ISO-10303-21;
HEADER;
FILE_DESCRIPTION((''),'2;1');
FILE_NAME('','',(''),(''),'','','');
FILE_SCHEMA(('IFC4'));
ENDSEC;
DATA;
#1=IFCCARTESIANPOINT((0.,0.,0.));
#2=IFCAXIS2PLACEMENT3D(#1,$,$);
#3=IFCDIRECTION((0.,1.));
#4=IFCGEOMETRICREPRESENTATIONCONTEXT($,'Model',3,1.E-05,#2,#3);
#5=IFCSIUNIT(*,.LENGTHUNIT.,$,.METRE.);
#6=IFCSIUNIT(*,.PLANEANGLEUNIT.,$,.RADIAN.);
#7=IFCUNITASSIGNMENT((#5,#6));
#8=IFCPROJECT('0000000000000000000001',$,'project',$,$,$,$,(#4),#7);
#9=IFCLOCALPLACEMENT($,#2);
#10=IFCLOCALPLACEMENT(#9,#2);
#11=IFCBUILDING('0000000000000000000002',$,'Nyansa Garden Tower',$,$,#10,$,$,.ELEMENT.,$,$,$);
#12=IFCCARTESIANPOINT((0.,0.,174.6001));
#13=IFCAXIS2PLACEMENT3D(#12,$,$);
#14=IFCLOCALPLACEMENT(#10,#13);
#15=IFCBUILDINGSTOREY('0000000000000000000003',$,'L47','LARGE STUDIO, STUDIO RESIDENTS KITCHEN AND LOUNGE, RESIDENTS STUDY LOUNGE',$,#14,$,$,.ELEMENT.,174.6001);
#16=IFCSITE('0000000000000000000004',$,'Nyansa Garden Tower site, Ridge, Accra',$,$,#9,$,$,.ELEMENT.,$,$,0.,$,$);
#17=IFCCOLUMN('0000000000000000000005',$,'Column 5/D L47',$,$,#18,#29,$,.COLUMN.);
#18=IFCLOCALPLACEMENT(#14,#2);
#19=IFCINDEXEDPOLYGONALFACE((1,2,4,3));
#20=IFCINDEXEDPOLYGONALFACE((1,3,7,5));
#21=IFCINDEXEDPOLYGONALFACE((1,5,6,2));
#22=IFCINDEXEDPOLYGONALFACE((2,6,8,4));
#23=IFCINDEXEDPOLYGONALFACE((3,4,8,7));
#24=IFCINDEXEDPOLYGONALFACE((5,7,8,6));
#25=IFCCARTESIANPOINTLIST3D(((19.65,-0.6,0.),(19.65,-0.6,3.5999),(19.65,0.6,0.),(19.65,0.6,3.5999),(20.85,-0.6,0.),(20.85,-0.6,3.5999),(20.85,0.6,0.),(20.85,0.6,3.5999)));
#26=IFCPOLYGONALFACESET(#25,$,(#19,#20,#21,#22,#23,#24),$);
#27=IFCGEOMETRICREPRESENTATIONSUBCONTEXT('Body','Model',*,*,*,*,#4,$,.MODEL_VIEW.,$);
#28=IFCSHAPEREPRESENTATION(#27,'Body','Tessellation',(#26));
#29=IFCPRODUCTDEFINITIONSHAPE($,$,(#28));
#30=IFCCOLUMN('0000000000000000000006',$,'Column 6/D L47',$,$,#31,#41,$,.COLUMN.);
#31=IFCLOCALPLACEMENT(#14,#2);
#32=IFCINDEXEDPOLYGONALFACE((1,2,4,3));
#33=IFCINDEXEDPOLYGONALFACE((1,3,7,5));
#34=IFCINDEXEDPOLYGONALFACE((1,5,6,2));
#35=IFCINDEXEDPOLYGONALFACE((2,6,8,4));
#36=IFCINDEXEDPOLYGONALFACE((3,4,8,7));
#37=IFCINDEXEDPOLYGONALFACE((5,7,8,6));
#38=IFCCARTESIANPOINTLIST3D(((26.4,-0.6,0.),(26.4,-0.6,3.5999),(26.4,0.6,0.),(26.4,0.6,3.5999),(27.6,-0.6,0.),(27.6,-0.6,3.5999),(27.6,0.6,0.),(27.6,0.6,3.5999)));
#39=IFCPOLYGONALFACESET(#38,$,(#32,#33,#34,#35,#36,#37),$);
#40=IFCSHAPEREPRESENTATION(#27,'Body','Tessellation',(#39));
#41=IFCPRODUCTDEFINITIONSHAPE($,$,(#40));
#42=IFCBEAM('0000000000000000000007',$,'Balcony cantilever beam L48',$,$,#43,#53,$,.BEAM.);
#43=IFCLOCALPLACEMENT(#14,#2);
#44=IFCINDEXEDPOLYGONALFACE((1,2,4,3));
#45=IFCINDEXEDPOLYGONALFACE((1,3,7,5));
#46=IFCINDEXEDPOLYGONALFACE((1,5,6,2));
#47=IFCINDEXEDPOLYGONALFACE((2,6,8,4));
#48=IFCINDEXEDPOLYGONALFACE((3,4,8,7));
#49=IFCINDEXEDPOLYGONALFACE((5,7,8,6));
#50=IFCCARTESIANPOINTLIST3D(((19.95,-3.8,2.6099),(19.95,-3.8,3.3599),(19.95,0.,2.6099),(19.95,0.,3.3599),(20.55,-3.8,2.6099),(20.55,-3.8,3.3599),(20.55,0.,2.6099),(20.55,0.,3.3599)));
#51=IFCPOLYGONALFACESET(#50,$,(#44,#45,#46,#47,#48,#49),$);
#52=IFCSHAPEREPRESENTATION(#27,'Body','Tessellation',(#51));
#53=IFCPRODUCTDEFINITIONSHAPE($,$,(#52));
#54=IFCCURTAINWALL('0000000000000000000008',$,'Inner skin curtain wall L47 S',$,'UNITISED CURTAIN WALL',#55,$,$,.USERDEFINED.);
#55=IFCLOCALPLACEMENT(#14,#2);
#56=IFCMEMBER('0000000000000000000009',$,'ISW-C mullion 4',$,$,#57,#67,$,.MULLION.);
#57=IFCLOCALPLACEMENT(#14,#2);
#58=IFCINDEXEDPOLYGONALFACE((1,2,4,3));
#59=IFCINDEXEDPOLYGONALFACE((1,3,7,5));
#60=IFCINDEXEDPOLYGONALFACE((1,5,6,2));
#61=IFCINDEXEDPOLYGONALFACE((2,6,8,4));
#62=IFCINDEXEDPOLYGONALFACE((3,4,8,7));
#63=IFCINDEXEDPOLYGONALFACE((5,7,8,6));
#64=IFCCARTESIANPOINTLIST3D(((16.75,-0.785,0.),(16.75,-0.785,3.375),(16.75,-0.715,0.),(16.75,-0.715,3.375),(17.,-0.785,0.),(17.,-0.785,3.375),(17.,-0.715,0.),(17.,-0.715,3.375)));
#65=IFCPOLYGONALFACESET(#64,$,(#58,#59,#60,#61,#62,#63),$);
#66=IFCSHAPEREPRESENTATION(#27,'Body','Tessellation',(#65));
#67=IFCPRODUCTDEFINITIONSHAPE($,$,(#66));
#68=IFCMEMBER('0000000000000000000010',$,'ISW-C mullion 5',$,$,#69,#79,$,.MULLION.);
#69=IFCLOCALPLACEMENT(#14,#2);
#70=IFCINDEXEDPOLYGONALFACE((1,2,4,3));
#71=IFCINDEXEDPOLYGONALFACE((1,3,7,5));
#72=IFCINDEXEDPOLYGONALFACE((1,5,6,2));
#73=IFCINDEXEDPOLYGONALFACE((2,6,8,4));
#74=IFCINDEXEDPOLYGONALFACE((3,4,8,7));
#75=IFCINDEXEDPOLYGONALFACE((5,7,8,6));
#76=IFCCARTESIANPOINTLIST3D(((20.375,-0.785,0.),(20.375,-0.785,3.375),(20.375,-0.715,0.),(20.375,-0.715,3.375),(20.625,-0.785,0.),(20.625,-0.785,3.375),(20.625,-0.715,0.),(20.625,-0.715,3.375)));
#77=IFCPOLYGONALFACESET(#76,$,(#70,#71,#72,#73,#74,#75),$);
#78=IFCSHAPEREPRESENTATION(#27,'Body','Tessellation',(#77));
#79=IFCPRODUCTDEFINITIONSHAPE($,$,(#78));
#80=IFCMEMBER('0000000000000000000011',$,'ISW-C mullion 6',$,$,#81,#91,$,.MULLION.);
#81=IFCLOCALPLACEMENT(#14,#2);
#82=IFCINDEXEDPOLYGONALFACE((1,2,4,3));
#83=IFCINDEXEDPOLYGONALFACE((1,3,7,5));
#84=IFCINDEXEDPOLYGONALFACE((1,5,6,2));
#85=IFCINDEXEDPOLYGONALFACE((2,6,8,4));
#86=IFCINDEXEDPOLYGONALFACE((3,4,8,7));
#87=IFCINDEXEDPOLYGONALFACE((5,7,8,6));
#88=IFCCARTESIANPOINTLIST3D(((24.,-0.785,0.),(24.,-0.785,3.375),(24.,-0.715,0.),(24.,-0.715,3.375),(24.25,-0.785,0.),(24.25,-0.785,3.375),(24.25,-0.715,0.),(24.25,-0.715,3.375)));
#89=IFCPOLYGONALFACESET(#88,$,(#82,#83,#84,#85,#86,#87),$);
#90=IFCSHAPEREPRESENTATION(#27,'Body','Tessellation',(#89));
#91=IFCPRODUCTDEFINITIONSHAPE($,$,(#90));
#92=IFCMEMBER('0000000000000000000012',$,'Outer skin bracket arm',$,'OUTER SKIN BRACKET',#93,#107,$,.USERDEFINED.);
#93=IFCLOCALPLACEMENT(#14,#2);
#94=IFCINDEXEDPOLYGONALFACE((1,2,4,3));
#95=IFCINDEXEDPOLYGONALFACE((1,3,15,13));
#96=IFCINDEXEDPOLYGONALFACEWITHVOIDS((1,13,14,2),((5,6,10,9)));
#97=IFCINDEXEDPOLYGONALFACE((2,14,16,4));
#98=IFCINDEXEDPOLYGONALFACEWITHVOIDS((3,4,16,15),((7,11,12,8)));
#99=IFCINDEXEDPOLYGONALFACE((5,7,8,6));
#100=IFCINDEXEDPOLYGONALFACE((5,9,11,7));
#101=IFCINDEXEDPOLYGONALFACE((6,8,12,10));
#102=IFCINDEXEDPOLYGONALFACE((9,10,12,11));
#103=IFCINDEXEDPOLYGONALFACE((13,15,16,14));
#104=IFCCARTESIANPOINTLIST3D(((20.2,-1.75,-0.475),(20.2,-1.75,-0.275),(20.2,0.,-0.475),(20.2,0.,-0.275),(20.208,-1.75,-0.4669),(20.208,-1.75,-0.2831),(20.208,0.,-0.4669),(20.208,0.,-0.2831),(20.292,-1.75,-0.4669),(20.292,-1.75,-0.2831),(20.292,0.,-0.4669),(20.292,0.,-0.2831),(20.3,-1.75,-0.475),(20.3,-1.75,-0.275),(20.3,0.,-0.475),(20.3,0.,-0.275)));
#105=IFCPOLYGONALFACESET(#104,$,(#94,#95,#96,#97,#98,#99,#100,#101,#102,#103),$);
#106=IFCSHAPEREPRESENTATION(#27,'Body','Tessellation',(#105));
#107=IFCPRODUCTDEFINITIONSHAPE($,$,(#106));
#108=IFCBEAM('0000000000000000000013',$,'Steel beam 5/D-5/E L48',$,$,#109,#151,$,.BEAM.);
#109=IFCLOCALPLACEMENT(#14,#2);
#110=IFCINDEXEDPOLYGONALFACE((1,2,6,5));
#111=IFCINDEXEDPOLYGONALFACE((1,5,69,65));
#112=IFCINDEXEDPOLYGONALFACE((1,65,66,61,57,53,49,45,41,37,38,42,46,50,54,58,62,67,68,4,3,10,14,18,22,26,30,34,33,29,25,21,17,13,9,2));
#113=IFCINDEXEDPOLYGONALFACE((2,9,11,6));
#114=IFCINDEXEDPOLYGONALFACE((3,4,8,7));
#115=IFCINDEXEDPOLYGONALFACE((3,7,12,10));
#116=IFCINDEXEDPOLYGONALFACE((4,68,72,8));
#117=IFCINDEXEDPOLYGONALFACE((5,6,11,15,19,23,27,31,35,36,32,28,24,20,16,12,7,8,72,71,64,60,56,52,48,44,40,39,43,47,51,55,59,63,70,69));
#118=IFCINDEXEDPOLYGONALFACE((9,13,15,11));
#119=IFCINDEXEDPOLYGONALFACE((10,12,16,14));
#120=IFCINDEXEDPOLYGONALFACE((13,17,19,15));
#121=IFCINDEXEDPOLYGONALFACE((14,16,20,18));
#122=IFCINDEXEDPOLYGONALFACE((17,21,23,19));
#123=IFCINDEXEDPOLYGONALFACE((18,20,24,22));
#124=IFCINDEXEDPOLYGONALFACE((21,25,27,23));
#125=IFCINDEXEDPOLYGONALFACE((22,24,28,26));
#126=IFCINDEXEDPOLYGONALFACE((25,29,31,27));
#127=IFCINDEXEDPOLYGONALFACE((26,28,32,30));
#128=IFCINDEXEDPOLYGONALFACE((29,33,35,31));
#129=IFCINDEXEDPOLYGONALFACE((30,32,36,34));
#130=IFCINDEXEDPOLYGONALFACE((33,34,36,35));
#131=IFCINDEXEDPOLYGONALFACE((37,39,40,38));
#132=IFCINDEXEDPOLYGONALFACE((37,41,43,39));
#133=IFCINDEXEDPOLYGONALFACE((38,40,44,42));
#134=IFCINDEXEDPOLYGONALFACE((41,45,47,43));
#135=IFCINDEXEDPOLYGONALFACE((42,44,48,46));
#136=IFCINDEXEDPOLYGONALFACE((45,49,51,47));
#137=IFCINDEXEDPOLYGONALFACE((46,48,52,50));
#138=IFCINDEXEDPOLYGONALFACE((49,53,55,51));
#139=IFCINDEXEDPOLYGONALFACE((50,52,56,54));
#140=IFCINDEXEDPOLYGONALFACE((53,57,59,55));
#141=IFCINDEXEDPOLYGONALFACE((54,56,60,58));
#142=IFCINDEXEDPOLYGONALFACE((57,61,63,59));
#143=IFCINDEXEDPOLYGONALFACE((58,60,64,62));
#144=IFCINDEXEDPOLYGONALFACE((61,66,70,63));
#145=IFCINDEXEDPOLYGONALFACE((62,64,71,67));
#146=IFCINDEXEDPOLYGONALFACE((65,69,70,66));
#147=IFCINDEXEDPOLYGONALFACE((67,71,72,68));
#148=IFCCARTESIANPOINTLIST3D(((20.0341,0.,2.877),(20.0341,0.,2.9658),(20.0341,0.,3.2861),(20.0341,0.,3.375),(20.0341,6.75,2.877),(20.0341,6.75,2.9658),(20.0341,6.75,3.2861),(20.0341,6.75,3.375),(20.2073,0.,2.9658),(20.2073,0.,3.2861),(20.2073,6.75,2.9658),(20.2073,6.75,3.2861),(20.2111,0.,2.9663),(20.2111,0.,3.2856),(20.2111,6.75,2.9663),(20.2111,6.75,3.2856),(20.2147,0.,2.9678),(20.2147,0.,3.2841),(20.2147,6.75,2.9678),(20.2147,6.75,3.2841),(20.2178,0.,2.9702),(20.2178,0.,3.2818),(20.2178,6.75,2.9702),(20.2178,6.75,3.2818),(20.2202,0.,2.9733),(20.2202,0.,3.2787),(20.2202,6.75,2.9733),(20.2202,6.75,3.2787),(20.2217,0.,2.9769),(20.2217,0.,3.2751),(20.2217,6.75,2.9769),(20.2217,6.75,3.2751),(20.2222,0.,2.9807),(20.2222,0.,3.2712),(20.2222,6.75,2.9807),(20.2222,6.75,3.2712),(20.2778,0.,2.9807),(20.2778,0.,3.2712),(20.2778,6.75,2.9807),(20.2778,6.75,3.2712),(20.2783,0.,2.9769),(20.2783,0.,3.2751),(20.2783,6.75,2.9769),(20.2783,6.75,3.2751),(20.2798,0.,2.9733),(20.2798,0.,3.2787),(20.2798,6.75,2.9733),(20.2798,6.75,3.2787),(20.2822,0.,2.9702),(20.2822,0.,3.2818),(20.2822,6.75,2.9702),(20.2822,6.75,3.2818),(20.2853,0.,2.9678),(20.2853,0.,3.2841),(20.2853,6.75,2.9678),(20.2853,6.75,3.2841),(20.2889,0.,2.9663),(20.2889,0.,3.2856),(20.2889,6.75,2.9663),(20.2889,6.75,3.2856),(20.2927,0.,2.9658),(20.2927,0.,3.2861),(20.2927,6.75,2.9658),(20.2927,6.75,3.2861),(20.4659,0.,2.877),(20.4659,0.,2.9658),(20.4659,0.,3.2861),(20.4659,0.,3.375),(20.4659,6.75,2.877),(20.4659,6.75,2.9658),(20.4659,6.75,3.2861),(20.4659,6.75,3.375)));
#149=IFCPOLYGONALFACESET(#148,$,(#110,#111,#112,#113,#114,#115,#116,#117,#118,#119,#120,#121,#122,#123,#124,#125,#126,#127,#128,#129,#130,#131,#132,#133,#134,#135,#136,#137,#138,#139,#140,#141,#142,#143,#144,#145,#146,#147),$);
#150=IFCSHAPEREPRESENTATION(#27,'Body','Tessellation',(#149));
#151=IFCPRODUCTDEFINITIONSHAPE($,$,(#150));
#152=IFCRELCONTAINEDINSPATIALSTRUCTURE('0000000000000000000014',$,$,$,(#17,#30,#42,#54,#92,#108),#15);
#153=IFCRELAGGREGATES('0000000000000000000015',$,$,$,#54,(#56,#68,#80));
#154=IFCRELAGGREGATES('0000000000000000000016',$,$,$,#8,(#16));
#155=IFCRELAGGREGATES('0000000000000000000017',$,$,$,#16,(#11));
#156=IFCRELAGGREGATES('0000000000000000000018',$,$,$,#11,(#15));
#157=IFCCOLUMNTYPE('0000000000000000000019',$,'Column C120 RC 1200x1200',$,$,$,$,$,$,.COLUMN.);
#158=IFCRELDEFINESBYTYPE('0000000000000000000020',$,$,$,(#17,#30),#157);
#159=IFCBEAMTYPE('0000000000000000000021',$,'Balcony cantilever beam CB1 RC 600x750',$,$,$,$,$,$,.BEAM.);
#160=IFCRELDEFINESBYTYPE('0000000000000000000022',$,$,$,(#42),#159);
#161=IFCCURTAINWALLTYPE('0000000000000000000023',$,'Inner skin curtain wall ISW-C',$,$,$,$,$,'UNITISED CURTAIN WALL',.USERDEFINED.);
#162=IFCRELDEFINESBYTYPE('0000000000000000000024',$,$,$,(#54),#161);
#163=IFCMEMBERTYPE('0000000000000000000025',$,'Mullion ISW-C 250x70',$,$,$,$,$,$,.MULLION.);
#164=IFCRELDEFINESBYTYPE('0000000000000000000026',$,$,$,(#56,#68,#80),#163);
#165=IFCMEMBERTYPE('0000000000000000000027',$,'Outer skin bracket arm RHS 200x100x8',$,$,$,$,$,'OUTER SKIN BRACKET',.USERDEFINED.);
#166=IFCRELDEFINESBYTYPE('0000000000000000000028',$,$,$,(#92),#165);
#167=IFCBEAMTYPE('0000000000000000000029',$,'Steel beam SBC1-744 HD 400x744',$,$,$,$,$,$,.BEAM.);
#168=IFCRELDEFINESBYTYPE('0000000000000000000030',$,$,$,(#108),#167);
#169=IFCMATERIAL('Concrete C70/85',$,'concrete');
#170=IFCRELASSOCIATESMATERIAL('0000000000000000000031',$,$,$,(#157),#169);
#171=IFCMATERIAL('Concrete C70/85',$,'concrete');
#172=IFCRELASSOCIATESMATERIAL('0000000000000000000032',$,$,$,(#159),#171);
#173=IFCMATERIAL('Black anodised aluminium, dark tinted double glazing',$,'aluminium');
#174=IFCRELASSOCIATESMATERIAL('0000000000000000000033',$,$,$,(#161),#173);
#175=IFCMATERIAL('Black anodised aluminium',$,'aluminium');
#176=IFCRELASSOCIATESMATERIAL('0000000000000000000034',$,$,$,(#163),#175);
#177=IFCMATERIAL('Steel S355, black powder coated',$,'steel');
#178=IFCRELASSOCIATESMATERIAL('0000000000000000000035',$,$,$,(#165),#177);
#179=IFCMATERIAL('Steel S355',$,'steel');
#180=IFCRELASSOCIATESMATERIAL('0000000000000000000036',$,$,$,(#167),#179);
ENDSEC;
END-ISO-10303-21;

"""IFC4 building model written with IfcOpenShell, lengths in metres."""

from ifc_helpers import new_model, si_unit, direction, frame, origin, origin_2d, place, context, subcontext, project, spatial, rectangle, hollow_rectangle, i_section, extrude, material, material_profile, profile_set, type_object, element, aggregate, save


model = new_model("IFC4")

# Units and contexts
model_context = context("Model", 3, precision=1e-05, world=origin(), true_north=direction((0.0, 1.0)))
body_context = subcontext(model_context, "Body", "Model", "MODEL_VIEW")
ifc_project = project(units=[si_unit("LENGTHUNIT", "METRE"), si_unit("PLANEANGLEUNIT", "RADIAN")], contexts=[model_context])

# Site, building, storey
site_placement = place(None, origin())
site = spatial("IfcSite", under=ifc_project, at=site_placement, Name="Nyansa Garden Tower site, Ridge, Accra", CompositionType="ELEMENT", RefElevation=0.0)
building_placement = place(site_placement, origin())
building = spatial("IfcBuilding", under=site, at=building_placement, Name="Nyansa Garden Tower", CompositionType="ELEMENT")
storey_placement = place(building_placement, frame((0.0, 0.0, 174.6001)))
storey = spatial("IfcBuildingStorey", under=building, at=storey_placement, Name="L47", Description="LARGE STUDIO, STUDIO RESIDENTS KITCHEN AND LOUNGE, RESIDENTS STUDY LOUNGE", CompositionType="ELEMENT", Elevation=174.6001)

# Columns
ifc_material_1 = material(Name="Concrete C70/85", Category="concrete")
ifc_material_profile_1 = material_profile(ifc_material_1, rectangle(XDim=1.2, YDim=1.2, at=origin_2d()), Name="RC 1200x1200")
ifc_profile_set_1 = profile_set([ifc_material_profile_1], Name="Concrete C70/85")
column_type = type_object("IfcColumnType", Name="Column C120 RC 1200x1200", PredefinedType="COLUMN", material=ifc_profile_set_1)
for number, where, z_axis, x_axis, name in (
    (1, (20.25, 0.0, 0.0), (0.0, 0.0, 1.0), (1.0, 0.0, 0.0), "Column 5/D L47"),
    (2, (27.0, 0.0, 0.0), (0.0, 0.0, 1.0), (1.0, 0.0, 0.0), "Column 6/D L47"),
):
    element("IfcColumn", number, at=place(storey_placement, frame(where, z_axis=z_axis, x_axis=x_axis)), inside=storey, type_object=column_type, Name=name, PredefinedType="COLUMN", context=body_context, shape_type="SweptSolid", body=[
        extrude(rectangle(XDim=1.2, YDim=1.2, at=origin_2d()), origin(), (0.0, 0.0, 1.0), 3.5999),
    ])

# Beam
ifc_material_2 = material(Name="Concrete C70/85", Category="concrete")
ifc_material_profile_2 = material_profile(ifc_material_2, rectangle(XDim=0.6001, YDim=0.75, at=origin_2d()), Name="RC 600x750")
ifc_profile_set_2 = profile_set([ifc_material_profile_2], Name="Concrete C70/85")
beam_type_1 = type_object("IfcBeamType", Name="Balcony cantilever beam CB1 RC 600x750", PredefinedType="BEAM", material=ifc_profile_set_2)
beam_1_placement = place(storey_placement, frame((20.25, 0.0, 2.9849), z_axis=(0.0, -1.0, 0.0), x_axis=(1.0, 0.0, 0.0)))
element("IfcBeam", 3, at=beam_1_placement, inside=storey, type_object=beam_type_1, Name="Balcony cantilever beam L48", PredefinedType="BEAM", context=body_context, shape_type="SweptSolid", body=[
    extrude(rectangle(XDim=0.6001, YDim=0.75, at=origin_2d()), origin(), (0.0, 0.0, 1.0), 3.8),
])

# Curtain wall, members
ifc_material_3 = material(Name="Black anodised aluminium, dark tinted double glazing", Category="aluminium")
curtain_wall_type = type_object("IfcCurtainWallType", Name="Inner skin curtain wall ISW-C", ElementType="UNITISED CURTAIN WALL", PredefinedType="USERDEFINED", material=ifc_material_3)
curtain_wall_placement = place(storey_placement, origin())
curtain_wall = element("IfcCurtainWall", 4, at=curtain_wall_placement, inside=storey, type_object=curtain_wall_type, Name="Inner skin curtain wall L47 S", ObjectType="UNITISED CURTAIN WALL", PredefinedType="USERDEFINED")
ifc_material_4 = material(Name="Black anodised aluminium", Category="aluminium")
ifc_material_profile_3 = material_profile(ifc_material_4, rectangle(XDim=0.0701, YDim=0.25, at=origin_2d()), Name="Mullion 250x70")
ifc_profile_set_3 = profile_set([ifc_material_profile_3], Name="Black anodised aluminium")
member_type_1 = type_object("IfcMemberType", Name="Mullion ISW-C 250x70", PredefinedType="MULLION", material=ifc_profile_set_3)
member_1_placement = place(storey_placement, frame((16.875, -0.75, 0.0), z_axis=(0.0, 0.0, 1.0), x_axis=(0.0, 1.0, 0.0)))
member_1 = element("IfcMember", 5, at=member_1_placement, type_object=member_type_1, Name="ISW-C mullion 4", PredefinedType="MULLION", context=body_context, shape_type="SweptSolid", body=[
    extrude(rectangle(XDim=0.0701, YDim=0.25, at=origin_2d()), origin(), (0.0, 0.0, 1.0), 3.375),
])
member_2_placement = place(storey_placement, frame((20.5, -0.75, 0.0), z_axis=(0.0, 0.0, 1.0), x_axis=(0.0, 1.0, 0.0)))
member_2 = element("IfcMember", 6, at=member_2_placement, type_object=member_type_1, Name="ISW-C mullion 5", PredefinedType="MULLION", context=body_context, shape_type="SweptSolid", body=[
    extrude(rectangle(XDim=0.0701, YDim=0.25, at=origin_2d()), origin(), (0.0, 0.0, 1.0), 3.375),
])
member_3_placement = place(storey_placement, frame((24.125, -0.75, 0.0), z_axis=(0.0, 0.0, 1.0), x_axis=(0.0, 1.0, 0.0)))
member_3 = element("IfcMember", 7, at=member_3_placement, type_object=member_type_1, Name="ISW-C mullion 6", PredefinedType="MULLION", context=body_context, shape_type="SweptSolid", body=[
    extrude(rectangle(XDim=0.0701, YDim=0.25, at=origin_2d()), origin(), (0.0, 0.0, 1.0), 3.375),
])

# Member
ifc_material_5 = material(Name="Steel S355, black powder coated", Category="steel")
ifc_material_profile_4 = material_profile(ifc_material_5, hollow_rectangle(XDim=0.1001, YDim=0.2, WallThickness=0.0081, at=origin_2d()), Name="RHS 200x100x8")
ifc_profile_set_4 = profile_set([ifc_material_profile_4], Name="Steel S355, black powder coated")
member_type_2 = type_object("IfcMemberType", Name="Outer skin bracket arm RHS 200x100x8", ElementType="OUTER SKIN BRACKET", PredefinedType="USERDEFINED", material=ifc_profile_set_4)
member_4_placement = place(storey_placement, frame((20.25, 0.0, -0.375), z_axis=(0.0, -1.0, 0.0), x_axis=(1.0, 0.0, 0.0)))
element("IfcMember", 8, at=member_4_placement, inside=storey, type_object=member_type_2, Name="Outer skin bracket arm", ObjectType="OUTER SKIN BRACKET", PredefinedType="USERDEFINED", context=body_context, shape_type="SweptSolid", body=[
    extrude(hollow_rectangle(XDim=0.1001, YDim=0.2, WallThickness=0.0081, at=origin_2d()), origin(), (0.0, 0.0, 1.0), 1.75),
])

# Beam
ifc_material_6 = material(Name="Steel S355", Category="steel")
ifc_material_profile_5 = material_profile(ifc_material_6, i_section(OverallWidth=0.4319, OverallDepth=0.498, WebThickness=0.0557, FlangeThickness=0.0889, FilletRadius=0.0149, at=origin_2d()), Name="HD 400x744")
ifc_profile_set_5 = profile_set([ifc_material_profile_5], Name="Steel S355")
beam_type_2 = type_object("IfcBeamType", Name="Steel beam SBC1-744 HD 400x744", PredefinedType="BEAM", material=ifc_profile_set_5)
beam_2_placement = place(storey_placement, frame((20.25, 0.0, 3.126), z_axis=(0.0, 1.0, 0.0), x_axis=(-1.0, 0.0, 0.0)))
element("IfcBeam", 9, at=beam_2_placement, inside=storey, type_object=beam_type_2, Name="Steel beam 5/D-5/E L48", PredefinedType="BEAM", context=body_context, shape_type="SweptSolid", body=[
    extrude(i_section(OverallWidth=0.4319, OverallDepth=0.498, WebThickness=0.0557, FlangeThickness=0.0889, FilletRadius=0.0149, at=origin_2d()), origin(), (0.0, 0.0, 1.0), 6.75),
])

aggregate(curtain_wall, [member_1, member_2, member_3])

save(model, "model.ifc")
